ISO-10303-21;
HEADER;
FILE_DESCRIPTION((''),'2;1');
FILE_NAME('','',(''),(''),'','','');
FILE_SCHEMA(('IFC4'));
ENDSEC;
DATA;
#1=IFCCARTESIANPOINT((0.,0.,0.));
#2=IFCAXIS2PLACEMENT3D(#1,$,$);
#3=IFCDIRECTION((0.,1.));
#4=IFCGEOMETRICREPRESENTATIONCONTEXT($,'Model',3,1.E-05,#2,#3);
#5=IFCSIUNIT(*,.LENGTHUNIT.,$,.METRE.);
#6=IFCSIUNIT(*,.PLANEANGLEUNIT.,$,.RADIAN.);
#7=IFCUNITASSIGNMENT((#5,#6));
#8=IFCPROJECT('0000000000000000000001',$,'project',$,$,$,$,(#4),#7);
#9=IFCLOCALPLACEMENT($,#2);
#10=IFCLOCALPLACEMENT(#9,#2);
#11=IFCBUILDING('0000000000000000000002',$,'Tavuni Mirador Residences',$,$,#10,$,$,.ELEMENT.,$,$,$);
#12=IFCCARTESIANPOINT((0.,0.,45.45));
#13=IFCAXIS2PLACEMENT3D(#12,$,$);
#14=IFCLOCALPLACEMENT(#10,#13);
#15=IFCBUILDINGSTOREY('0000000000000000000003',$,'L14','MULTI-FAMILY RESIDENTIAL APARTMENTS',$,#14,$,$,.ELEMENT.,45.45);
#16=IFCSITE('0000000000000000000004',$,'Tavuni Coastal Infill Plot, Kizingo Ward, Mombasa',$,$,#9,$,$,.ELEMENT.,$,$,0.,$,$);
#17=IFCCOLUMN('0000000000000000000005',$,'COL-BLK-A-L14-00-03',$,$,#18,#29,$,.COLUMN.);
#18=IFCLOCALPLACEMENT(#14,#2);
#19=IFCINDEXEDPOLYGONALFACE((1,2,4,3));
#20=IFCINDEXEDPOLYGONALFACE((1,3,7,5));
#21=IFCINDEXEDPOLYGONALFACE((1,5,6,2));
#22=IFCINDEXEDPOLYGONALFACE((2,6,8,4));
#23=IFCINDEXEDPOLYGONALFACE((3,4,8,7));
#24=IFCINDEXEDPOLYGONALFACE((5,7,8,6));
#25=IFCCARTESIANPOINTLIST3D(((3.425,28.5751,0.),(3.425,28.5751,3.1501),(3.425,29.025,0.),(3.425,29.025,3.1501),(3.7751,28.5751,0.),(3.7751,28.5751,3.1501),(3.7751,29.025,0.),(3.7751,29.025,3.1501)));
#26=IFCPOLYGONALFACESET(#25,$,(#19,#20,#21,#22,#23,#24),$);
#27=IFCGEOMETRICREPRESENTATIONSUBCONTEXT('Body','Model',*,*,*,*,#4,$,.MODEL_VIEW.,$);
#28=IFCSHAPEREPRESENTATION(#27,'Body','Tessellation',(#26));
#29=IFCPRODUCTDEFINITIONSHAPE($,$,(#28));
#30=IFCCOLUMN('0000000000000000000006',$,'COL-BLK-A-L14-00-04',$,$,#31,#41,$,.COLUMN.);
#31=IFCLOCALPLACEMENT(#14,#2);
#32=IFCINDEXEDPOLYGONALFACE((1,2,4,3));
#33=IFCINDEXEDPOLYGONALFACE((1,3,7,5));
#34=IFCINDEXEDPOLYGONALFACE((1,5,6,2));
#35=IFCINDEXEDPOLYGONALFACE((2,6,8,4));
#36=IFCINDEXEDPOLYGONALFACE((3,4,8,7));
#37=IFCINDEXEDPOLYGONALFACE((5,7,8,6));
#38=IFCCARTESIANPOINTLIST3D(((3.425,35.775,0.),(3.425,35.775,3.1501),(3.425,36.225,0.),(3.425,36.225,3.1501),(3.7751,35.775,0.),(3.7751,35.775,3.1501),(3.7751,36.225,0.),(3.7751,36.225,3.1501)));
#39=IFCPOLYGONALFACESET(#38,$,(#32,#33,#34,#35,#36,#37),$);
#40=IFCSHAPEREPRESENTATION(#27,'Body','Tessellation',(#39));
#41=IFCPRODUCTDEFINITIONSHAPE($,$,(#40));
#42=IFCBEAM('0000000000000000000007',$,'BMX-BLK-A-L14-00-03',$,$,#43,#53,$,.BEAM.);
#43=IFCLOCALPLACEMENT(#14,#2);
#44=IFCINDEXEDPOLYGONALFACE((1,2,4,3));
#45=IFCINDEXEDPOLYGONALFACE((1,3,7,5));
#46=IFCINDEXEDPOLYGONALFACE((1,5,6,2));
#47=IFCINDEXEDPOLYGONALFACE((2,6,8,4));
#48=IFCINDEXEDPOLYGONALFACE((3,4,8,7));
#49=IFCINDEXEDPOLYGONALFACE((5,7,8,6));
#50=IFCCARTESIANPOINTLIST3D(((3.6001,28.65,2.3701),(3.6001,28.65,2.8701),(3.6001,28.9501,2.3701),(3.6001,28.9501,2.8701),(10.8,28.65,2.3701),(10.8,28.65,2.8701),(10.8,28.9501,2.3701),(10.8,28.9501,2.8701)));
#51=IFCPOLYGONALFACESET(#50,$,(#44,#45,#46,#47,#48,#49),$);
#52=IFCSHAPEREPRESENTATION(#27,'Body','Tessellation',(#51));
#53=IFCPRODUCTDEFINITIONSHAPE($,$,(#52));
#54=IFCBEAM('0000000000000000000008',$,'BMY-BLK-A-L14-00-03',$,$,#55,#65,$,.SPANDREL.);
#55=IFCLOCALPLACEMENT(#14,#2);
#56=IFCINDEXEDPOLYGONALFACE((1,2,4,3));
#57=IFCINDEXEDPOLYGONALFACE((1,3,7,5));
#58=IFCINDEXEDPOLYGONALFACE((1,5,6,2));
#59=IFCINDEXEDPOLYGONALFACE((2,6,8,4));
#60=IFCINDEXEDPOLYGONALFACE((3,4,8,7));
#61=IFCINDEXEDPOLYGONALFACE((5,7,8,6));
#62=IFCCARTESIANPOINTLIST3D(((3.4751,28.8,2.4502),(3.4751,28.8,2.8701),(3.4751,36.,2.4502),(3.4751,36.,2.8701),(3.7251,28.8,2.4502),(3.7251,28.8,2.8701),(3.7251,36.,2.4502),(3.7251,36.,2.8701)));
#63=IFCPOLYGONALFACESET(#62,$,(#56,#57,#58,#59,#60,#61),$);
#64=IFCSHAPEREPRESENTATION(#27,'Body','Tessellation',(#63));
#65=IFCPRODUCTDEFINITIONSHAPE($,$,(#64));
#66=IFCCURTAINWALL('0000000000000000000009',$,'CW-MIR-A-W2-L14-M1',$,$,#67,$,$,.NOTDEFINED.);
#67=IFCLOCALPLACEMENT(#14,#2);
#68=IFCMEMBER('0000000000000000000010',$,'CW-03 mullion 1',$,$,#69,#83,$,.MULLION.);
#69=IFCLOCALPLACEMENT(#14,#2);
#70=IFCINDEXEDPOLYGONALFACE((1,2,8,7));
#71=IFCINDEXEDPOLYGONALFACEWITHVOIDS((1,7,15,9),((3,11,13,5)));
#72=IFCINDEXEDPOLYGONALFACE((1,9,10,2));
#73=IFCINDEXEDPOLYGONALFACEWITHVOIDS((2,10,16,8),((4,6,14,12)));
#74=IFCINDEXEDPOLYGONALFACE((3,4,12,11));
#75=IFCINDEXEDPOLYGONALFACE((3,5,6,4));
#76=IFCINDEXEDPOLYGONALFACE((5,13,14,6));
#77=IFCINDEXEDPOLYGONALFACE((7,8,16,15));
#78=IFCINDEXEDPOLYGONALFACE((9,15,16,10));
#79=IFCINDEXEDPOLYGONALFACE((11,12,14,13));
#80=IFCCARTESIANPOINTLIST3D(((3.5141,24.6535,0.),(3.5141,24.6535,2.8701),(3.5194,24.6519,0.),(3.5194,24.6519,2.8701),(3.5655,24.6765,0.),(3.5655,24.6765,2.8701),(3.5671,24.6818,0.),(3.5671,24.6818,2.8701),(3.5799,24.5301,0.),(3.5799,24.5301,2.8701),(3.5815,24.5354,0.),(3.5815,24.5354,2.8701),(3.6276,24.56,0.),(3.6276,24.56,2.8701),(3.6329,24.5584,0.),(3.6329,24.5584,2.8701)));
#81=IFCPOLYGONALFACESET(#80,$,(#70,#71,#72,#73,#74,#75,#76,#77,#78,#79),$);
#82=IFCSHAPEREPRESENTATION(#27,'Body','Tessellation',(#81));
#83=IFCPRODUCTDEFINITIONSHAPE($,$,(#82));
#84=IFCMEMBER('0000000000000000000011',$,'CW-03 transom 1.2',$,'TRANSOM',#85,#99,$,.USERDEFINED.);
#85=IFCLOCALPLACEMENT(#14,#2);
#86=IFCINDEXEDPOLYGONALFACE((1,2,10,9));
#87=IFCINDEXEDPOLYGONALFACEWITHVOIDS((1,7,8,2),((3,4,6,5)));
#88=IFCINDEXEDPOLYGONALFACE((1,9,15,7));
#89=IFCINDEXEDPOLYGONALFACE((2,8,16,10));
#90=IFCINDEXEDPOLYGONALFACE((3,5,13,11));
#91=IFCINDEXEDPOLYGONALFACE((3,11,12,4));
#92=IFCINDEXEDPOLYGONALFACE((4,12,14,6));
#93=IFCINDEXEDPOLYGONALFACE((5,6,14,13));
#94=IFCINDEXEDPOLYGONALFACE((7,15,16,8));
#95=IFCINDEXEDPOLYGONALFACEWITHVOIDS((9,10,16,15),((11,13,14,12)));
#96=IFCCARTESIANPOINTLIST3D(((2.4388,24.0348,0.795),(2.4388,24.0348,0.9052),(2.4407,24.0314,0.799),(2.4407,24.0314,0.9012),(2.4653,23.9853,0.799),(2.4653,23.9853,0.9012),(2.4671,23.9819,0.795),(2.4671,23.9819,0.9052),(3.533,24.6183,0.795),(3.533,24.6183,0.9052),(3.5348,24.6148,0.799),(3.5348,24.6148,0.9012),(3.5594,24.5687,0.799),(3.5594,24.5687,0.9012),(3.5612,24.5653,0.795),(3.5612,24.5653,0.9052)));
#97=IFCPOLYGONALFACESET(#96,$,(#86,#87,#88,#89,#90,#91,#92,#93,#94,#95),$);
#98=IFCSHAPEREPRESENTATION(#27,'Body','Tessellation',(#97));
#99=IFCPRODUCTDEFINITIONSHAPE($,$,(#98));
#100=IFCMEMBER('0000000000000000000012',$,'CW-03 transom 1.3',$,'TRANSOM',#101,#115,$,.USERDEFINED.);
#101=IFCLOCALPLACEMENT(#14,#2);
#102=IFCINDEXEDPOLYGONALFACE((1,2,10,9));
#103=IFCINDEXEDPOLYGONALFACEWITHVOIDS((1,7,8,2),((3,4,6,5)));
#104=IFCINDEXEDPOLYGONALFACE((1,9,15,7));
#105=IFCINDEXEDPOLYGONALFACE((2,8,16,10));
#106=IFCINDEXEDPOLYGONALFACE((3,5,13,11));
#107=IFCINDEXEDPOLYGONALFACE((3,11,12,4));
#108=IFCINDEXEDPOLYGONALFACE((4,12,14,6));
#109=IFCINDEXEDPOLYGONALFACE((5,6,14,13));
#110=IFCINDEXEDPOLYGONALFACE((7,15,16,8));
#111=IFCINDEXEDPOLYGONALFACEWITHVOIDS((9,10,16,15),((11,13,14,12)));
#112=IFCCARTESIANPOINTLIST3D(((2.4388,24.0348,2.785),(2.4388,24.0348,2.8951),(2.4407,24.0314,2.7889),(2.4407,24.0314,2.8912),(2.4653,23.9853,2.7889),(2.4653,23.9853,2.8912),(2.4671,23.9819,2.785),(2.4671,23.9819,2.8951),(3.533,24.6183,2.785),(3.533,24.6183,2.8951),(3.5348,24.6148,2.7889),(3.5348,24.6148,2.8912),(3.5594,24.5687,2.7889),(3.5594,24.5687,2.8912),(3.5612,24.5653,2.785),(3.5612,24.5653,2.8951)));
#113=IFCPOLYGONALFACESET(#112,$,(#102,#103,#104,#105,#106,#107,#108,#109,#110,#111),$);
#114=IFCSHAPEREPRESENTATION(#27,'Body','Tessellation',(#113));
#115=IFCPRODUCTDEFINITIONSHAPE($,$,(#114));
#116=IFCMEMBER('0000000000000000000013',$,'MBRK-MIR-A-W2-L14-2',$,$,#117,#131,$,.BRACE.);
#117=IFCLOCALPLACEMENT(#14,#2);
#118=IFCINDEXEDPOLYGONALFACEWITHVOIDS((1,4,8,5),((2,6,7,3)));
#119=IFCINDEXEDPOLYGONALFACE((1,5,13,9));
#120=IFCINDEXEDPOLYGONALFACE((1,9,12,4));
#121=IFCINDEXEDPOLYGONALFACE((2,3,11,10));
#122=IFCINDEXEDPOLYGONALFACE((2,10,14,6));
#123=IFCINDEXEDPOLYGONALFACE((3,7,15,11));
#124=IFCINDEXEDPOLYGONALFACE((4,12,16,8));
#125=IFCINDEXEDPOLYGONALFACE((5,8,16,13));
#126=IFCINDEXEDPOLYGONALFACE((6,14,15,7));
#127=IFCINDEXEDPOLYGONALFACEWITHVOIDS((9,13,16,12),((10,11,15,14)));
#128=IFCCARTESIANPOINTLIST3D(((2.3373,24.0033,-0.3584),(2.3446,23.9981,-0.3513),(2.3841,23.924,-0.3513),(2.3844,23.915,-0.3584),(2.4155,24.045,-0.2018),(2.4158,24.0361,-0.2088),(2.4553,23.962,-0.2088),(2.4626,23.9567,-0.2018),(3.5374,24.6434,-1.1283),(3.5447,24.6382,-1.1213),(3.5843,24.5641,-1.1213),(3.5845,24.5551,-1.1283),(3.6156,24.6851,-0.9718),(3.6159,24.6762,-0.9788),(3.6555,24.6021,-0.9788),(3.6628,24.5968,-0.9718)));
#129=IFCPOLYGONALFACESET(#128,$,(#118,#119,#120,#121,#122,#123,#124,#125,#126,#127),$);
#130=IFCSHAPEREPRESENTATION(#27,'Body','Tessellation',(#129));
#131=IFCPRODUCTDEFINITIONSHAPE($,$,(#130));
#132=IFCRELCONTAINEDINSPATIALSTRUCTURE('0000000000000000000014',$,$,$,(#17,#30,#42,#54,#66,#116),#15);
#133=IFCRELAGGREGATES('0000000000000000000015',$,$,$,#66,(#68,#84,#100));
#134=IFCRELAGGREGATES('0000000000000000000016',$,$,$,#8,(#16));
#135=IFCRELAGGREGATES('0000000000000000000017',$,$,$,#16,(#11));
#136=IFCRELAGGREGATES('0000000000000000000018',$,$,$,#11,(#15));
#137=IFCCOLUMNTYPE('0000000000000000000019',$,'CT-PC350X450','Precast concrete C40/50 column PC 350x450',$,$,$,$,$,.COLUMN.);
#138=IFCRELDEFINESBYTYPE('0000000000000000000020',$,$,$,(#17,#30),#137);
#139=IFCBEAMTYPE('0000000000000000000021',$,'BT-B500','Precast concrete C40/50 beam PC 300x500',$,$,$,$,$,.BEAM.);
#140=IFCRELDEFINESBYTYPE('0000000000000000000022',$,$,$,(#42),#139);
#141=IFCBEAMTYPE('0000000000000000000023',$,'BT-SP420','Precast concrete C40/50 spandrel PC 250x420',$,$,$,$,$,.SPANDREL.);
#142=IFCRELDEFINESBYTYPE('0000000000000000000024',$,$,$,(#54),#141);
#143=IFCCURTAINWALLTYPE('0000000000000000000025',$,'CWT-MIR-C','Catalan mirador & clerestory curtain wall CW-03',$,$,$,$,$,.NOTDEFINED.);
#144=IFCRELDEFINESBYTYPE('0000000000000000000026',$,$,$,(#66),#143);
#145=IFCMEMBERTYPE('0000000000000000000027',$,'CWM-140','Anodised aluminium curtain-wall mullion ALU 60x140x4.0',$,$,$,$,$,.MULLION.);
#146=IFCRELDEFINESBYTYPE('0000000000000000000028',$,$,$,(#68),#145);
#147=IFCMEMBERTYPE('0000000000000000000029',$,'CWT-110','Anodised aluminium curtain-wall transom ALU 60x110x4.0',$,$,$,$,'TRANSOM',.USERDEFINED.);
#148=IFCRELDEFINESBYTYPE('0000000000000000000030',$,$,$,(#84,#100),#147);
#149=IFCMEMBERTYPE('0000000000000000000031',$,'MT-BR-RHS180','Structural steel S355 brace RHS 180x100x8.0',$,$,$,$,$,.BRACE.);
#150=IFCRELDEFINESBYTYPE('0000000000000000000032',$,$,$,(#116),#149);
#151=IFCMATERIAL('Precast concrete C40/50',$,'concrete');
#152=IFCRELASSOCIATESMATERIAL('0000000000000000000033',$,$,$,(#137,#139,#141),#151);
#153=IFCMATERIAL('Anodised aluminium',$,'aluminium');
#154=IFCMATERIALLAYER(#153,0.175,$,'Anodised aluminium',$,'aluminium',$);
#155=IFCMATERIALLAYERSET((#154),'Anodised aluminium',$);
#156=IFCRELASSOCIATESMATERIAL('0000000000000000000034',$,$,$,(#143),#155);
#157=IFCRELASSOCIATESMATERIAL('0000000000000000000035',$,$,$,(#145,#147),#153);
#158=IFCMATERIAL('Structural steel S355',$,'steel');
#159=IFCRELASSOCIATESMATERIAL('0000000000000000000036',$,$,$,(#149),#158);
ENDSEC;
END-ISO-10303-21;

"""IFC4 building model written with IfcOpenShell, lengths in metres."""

from ifc_helpers import new_model, si_unit, direction, frame, origin, origin_2d, place, context, subcontext, project, spatial, rectangle, hollow_rectangle, extrude, material, layer, layer_set, material_profile, profile_set, type_object, element, aggregate, save


model = new_model("IFC4")

# Units and contexts
model_context = context("Model", 3, precision=1e-05, world=origin(), true_north=direction((0.0, 1.0)))
body_context = subcontext(model_context, "Body", "Model", "MODEL_VIEW")
ifc_project = project(units=[si_unit("LENGTHUNIT", "METRE"), si_unit("PLANEANGLEUNIT", "RADIAN")], contexts=[model_context])

# Site, building, storey
site_placement = place(None, origin())
site = spatial("IfcSite", under=ifc_project, at=site_placement, Name="Tavuni Coastal Infill Plot, Kizingo Ward, Mombasa", CompositionType="ELEMENT", RefElevation=0.0)
building_placement = place(site_placement, origin())
building = spatial("IfcBuilding", under=site, at=building_placement, Name="Tavuni Mirador Residences", CompositionType="ELEMENT")
storey_placement = place(building_placement, frame((0.0, 0.0, 45.45)))
storey = spatial("IfcBuildingStorey", under=building, at=storey_placement, Name="L14", Description="MULTI-FAMILY RESIDENTIAL APARTMENTS", CompositionType="ELEMENT", Elevation=45.45)

# Columns
ifc_material_1 = material(Name="Precast concrete C40/50", Category="concrete")
ifc_material_profile_1 = material_profile(ifc_material_1, rectangle(XDim=0.3501, YDim=0.45, at=origin_2d()), Name="PC 350x450", Category="concrete")
ifc_profile_set_1 = profile_set([ifc_material_profile_1], Name="Precast concrete C40/50")
column_type = type_object("IfcColumnType", Name="CT-PC350X450", Description="Precast concrete C40/50 column PC 350x450", PredefinedType="COLUMN", material=ifc_profile_set_1)
for number, where, z_axis, x_axis, name in (
    (1, (3.6001, 28.8, 0.0), (0.0, 0.0, 1.0), (1.0, 0.0, 0.0), "COL-BLK-A-L14-00-03"),
    (2, (3.6001, 36.0, 0.0), (0.0, 0.0, 1.0), (1.0, 0.0, 0.0), "COL-BLK-A-L14-00-04"),
):
    element("IfcColumn", number, at=place(storey_placement, frame(where, z_axis=z_axis, x_axis=x_axis)), inside=storey, type_object=column_type, Name=name, PredefinedType="COLUMN", context=body_context, shape_type="SweptSolid", body=[
        extrude(rectangle(XDim=0.3501, YDim=0.45, at=origin_2d()), origin(), (0.0, 0.0, 1.0), 3.1501),
    ])

# Beams
ifc_material_profile_2 = material_profile(ifc_material_1, rectangle(XDim=0.3, YDim=0.5, at=origin_2d()), Name="PC 300x500", Category="concrete")
ifc_profile_set_2 = profile_set([ifc_material_profile_2], Name="Precast concrete C40/50")
beam_type_1 = type_object("IfcBeamType", Name="BT-B500", Description="Precast concrete C40/50 beam PC 300x500", PredefinedType="BEAM", material=ifc_profile_set_2)
beam_1_placement = place(storey_placement, frame((3.6001, 28.8, 2.6201), z_axis=(1.0, 0.0, 0.0), x_axis=(0.0, 1.0, 0.0)))
element("IfcBeam", 3, at=beam_1_placement, inside=storey, type_object=beam_type_1, Name="BMX-BLK-A-L14-00-03", PredefinedType="BEAM", context=body_context, shape_type="SweptSolid", body=[
    extrude(rectangle(XDim=0.3, YDim=0.5, at=origin_2d()), origin(), (0.0, 0.0, 1.0), 7.2),
])
ifc_material_profile_3 = material_profile(ifc_material_1, rectangle(XDim=0.25, YDim=0.4199, at=origin_2d()), Name="PC 250x420", Category="concrete")
ifc_profile_set_3 = profile_set([ifc_material_profile_3], Name="Precast concrete C40/50")
beam_type_2 = type_object("IfcBeamType", Name="BT-SP420", Description="Precast concrete C40/50 spandrel PC 250x420", PredefinedType="SPANDREL", material=ifc_profile_set_3)
beam_2_placement = place(storey_placement, frame((3.6001, 28.8, 2.6602), z_axis=(0.0, 1.0, 0.0), x_axis=(-1.0, 0.0, 0.0)))
element("IfcBeam", 4, at=beam_2_placement, inside=storey, type_object=beam_type_2, Name="BMY-BLK-A-L14-00-03", PredefinedType="SPANDREL", context=body_context, shape_type="SweptSolid", body=[
    extrude(rectangle(XDim=0.25, YDim=0.4199, at=origin_2d()), origin(), (0.0, 0.0, 1.0), 7.2),
])

# Curtain wall, members
ifc_material_2 = material(Name="Anodised aluminium", Category="aluminium")
ifc_layer_1 = layer(ifc_material_2, 0.175, Name="Anodised aluminium", Category="aluminium")
ifc_layer_set_1 = layer_set([ifc_layer_1], Name="Anodised aluminium")
curtain_wall_type = type_object("IfcCurtainWallType", Name="CWT-MIR-C", Description="Catalan mirador & clerestory curtain wall CW-03", PredefinedType="NOTDEFINED", material=ifc_layer_set_1)
curtain_wall_placement = place(storey_placement, origin())
curtain_wall = element("IfcCurtainWall", 5, at=curtain_wall_placement, inside=storey, type_object=curtain_wall_type, Name="CW-MIR-A-W2-L14-M1", PredefinedType="NOTDEFINED")
ifc_material_profile_4 = material_profile(ifc_material_2, hollow_rectangle(XDim=0.0601, YDim=0.1399, WallThickness=0.0039, at=origin_2d()), Name="ALU 60x140x4.0", Category="aluminium")
ifc_profile_set_4 = profile_set([ifc_material_profile_4], Name="Anodised aluminium")
member_type_1 = type_object("IfcMemberType", Name="CWM-140", Description="Anodised aluminium curtain-wall mullion ALU 60x140x4.0", PredefinedType="MULLION", material=ifc_profile_set_4)
member_1_placement = place(storey_placement, frame((3.5735, 24.606, 0.0), z_axis=(0.0, 0.0, 1.0), x_axis=(-0.882353, -0.470588, 0.0)))
member_1 = element("IfcMember", 6, at=member_1_placement, type_object=member_type_1, Name="CW-03 mullion 1", PredefinedType="MULLION", context=body_context, shape_type="SweptSolid", body=[
    extrude(hollow_rectangle(XDim=0.0601, YDim=0.1399, WallThickness=0.0039, at=origin_2d()), origin(), (0.0, 0.0, 1.0), 2.8701),
])
ifc_material_profile_5 = material_profile(ifc_material_2, hollow_rectangle(XDim=0.0601, YDim=0.1101, WallThickness=0.0039, at=origin_2d()), Name="ALU 60x110x4.0", Category="aluminium")
ifc_profile_set_5 = profile_set([ifc_material_profile_5], Name="Anodised aluminium")
member_type_2 = type_object("IfcMemberType", Name="CWT-110", Description="Anodised aluminium curtain-wall transom ALU 60x110x4.0", ElementType="TRANSOM", PredefinedType="USERDEFINED", material=ifc_profile_set_5)
member_2_placement = place(storey_placement, frame((3.5471, 24.5918, 0.8501), z_axis=(-0.882386, -0.470527, 0.0), x_axis=(0.470527, -0.882386, 0.0)))
member_2 = element("IfcMember", 7, at=member_2_placement, type_object=member_type_2, Name="CW-03 transom 1.2", ObjectType="TRANSOM", PredefinedType="USERDEFINED", context=body_context, shape_type="SweptSolid", body=[
    extrude(hollow_rectangle(XDim=0.0601, YDim=0.1101, WallThickness=0.0039, at=origin_2d()), origin(), (0.0, 0.0, 1.0), 1.24),
])
member_3_placement = place(storey_placement, frame((3.5471, 24.5918, 2.8401), z_axis=(-0.882386, -0.470527, 0.0), x_axis=(0.470527, -0.882386, 0.0)))
member_3 = element("IfcMember", 8, at=member_3_placement, type_object=member_type_2, Name="CW-03 transom 1.3", ObjectType="TRANSOM", PredefinedType="USERDEFINED", context=body_context, shape_type="SweptSolid", body=[
    extrude(hollow_rectangle(XDim=0.0601, YDim=0.1101, WallThickness=0.0039, at=origin_2d()), origin(), (0.0, 0.0, 1.0), 1.24),
])
aggregate(curtain_wall, [member_1, member_2, member_3])

# Member
ifc_material_3 = material(Name="Structural steel S355", Category="steel")
ifc_material_profile_6 = material_profile(ifc_material_3, hollow_rectangle(XDim=0.1001, YDim=0.1799, WallThickness=0.0081, at=origin_2d()), Name="RHS 180x100x8.0", Category="steel")
ifc_profile_set_6 = profile_set([ifc_material_profile_6], Name="Structural steel S355")
member_type_3 = type_object("IfcMemberType", Name="MT-BR-RHS180", Description="Structural steel S355 brace RHS 180x100x8.0", PredefinedType="BRACE", material=ifc_profile_set_6)
member_4_placement = place(storey_placement, frame((3.6001, 24.6201, -1.05), z_axis=(-0.767847, -0.409539, 0.492634), x_axis=(0.470607, -0.882343, 0.0)))
element("IfcMember", 9, at=member_4_placement, inside=storey, type_object=member_type_3, Name="MBRK-MIR-A-W2-L14-2", PredefinedType="BRACE", context=body_context, shape_type="SweptSolid", body=[
    extrude(hollow_rectangle(XDim=0.1001, YDim=0.1799, WallThickness=0.0081, at=origin_2d()), origin(), (0.0, 0.0, 1.0), 1.563),
])

save(model, "model.ifc")
